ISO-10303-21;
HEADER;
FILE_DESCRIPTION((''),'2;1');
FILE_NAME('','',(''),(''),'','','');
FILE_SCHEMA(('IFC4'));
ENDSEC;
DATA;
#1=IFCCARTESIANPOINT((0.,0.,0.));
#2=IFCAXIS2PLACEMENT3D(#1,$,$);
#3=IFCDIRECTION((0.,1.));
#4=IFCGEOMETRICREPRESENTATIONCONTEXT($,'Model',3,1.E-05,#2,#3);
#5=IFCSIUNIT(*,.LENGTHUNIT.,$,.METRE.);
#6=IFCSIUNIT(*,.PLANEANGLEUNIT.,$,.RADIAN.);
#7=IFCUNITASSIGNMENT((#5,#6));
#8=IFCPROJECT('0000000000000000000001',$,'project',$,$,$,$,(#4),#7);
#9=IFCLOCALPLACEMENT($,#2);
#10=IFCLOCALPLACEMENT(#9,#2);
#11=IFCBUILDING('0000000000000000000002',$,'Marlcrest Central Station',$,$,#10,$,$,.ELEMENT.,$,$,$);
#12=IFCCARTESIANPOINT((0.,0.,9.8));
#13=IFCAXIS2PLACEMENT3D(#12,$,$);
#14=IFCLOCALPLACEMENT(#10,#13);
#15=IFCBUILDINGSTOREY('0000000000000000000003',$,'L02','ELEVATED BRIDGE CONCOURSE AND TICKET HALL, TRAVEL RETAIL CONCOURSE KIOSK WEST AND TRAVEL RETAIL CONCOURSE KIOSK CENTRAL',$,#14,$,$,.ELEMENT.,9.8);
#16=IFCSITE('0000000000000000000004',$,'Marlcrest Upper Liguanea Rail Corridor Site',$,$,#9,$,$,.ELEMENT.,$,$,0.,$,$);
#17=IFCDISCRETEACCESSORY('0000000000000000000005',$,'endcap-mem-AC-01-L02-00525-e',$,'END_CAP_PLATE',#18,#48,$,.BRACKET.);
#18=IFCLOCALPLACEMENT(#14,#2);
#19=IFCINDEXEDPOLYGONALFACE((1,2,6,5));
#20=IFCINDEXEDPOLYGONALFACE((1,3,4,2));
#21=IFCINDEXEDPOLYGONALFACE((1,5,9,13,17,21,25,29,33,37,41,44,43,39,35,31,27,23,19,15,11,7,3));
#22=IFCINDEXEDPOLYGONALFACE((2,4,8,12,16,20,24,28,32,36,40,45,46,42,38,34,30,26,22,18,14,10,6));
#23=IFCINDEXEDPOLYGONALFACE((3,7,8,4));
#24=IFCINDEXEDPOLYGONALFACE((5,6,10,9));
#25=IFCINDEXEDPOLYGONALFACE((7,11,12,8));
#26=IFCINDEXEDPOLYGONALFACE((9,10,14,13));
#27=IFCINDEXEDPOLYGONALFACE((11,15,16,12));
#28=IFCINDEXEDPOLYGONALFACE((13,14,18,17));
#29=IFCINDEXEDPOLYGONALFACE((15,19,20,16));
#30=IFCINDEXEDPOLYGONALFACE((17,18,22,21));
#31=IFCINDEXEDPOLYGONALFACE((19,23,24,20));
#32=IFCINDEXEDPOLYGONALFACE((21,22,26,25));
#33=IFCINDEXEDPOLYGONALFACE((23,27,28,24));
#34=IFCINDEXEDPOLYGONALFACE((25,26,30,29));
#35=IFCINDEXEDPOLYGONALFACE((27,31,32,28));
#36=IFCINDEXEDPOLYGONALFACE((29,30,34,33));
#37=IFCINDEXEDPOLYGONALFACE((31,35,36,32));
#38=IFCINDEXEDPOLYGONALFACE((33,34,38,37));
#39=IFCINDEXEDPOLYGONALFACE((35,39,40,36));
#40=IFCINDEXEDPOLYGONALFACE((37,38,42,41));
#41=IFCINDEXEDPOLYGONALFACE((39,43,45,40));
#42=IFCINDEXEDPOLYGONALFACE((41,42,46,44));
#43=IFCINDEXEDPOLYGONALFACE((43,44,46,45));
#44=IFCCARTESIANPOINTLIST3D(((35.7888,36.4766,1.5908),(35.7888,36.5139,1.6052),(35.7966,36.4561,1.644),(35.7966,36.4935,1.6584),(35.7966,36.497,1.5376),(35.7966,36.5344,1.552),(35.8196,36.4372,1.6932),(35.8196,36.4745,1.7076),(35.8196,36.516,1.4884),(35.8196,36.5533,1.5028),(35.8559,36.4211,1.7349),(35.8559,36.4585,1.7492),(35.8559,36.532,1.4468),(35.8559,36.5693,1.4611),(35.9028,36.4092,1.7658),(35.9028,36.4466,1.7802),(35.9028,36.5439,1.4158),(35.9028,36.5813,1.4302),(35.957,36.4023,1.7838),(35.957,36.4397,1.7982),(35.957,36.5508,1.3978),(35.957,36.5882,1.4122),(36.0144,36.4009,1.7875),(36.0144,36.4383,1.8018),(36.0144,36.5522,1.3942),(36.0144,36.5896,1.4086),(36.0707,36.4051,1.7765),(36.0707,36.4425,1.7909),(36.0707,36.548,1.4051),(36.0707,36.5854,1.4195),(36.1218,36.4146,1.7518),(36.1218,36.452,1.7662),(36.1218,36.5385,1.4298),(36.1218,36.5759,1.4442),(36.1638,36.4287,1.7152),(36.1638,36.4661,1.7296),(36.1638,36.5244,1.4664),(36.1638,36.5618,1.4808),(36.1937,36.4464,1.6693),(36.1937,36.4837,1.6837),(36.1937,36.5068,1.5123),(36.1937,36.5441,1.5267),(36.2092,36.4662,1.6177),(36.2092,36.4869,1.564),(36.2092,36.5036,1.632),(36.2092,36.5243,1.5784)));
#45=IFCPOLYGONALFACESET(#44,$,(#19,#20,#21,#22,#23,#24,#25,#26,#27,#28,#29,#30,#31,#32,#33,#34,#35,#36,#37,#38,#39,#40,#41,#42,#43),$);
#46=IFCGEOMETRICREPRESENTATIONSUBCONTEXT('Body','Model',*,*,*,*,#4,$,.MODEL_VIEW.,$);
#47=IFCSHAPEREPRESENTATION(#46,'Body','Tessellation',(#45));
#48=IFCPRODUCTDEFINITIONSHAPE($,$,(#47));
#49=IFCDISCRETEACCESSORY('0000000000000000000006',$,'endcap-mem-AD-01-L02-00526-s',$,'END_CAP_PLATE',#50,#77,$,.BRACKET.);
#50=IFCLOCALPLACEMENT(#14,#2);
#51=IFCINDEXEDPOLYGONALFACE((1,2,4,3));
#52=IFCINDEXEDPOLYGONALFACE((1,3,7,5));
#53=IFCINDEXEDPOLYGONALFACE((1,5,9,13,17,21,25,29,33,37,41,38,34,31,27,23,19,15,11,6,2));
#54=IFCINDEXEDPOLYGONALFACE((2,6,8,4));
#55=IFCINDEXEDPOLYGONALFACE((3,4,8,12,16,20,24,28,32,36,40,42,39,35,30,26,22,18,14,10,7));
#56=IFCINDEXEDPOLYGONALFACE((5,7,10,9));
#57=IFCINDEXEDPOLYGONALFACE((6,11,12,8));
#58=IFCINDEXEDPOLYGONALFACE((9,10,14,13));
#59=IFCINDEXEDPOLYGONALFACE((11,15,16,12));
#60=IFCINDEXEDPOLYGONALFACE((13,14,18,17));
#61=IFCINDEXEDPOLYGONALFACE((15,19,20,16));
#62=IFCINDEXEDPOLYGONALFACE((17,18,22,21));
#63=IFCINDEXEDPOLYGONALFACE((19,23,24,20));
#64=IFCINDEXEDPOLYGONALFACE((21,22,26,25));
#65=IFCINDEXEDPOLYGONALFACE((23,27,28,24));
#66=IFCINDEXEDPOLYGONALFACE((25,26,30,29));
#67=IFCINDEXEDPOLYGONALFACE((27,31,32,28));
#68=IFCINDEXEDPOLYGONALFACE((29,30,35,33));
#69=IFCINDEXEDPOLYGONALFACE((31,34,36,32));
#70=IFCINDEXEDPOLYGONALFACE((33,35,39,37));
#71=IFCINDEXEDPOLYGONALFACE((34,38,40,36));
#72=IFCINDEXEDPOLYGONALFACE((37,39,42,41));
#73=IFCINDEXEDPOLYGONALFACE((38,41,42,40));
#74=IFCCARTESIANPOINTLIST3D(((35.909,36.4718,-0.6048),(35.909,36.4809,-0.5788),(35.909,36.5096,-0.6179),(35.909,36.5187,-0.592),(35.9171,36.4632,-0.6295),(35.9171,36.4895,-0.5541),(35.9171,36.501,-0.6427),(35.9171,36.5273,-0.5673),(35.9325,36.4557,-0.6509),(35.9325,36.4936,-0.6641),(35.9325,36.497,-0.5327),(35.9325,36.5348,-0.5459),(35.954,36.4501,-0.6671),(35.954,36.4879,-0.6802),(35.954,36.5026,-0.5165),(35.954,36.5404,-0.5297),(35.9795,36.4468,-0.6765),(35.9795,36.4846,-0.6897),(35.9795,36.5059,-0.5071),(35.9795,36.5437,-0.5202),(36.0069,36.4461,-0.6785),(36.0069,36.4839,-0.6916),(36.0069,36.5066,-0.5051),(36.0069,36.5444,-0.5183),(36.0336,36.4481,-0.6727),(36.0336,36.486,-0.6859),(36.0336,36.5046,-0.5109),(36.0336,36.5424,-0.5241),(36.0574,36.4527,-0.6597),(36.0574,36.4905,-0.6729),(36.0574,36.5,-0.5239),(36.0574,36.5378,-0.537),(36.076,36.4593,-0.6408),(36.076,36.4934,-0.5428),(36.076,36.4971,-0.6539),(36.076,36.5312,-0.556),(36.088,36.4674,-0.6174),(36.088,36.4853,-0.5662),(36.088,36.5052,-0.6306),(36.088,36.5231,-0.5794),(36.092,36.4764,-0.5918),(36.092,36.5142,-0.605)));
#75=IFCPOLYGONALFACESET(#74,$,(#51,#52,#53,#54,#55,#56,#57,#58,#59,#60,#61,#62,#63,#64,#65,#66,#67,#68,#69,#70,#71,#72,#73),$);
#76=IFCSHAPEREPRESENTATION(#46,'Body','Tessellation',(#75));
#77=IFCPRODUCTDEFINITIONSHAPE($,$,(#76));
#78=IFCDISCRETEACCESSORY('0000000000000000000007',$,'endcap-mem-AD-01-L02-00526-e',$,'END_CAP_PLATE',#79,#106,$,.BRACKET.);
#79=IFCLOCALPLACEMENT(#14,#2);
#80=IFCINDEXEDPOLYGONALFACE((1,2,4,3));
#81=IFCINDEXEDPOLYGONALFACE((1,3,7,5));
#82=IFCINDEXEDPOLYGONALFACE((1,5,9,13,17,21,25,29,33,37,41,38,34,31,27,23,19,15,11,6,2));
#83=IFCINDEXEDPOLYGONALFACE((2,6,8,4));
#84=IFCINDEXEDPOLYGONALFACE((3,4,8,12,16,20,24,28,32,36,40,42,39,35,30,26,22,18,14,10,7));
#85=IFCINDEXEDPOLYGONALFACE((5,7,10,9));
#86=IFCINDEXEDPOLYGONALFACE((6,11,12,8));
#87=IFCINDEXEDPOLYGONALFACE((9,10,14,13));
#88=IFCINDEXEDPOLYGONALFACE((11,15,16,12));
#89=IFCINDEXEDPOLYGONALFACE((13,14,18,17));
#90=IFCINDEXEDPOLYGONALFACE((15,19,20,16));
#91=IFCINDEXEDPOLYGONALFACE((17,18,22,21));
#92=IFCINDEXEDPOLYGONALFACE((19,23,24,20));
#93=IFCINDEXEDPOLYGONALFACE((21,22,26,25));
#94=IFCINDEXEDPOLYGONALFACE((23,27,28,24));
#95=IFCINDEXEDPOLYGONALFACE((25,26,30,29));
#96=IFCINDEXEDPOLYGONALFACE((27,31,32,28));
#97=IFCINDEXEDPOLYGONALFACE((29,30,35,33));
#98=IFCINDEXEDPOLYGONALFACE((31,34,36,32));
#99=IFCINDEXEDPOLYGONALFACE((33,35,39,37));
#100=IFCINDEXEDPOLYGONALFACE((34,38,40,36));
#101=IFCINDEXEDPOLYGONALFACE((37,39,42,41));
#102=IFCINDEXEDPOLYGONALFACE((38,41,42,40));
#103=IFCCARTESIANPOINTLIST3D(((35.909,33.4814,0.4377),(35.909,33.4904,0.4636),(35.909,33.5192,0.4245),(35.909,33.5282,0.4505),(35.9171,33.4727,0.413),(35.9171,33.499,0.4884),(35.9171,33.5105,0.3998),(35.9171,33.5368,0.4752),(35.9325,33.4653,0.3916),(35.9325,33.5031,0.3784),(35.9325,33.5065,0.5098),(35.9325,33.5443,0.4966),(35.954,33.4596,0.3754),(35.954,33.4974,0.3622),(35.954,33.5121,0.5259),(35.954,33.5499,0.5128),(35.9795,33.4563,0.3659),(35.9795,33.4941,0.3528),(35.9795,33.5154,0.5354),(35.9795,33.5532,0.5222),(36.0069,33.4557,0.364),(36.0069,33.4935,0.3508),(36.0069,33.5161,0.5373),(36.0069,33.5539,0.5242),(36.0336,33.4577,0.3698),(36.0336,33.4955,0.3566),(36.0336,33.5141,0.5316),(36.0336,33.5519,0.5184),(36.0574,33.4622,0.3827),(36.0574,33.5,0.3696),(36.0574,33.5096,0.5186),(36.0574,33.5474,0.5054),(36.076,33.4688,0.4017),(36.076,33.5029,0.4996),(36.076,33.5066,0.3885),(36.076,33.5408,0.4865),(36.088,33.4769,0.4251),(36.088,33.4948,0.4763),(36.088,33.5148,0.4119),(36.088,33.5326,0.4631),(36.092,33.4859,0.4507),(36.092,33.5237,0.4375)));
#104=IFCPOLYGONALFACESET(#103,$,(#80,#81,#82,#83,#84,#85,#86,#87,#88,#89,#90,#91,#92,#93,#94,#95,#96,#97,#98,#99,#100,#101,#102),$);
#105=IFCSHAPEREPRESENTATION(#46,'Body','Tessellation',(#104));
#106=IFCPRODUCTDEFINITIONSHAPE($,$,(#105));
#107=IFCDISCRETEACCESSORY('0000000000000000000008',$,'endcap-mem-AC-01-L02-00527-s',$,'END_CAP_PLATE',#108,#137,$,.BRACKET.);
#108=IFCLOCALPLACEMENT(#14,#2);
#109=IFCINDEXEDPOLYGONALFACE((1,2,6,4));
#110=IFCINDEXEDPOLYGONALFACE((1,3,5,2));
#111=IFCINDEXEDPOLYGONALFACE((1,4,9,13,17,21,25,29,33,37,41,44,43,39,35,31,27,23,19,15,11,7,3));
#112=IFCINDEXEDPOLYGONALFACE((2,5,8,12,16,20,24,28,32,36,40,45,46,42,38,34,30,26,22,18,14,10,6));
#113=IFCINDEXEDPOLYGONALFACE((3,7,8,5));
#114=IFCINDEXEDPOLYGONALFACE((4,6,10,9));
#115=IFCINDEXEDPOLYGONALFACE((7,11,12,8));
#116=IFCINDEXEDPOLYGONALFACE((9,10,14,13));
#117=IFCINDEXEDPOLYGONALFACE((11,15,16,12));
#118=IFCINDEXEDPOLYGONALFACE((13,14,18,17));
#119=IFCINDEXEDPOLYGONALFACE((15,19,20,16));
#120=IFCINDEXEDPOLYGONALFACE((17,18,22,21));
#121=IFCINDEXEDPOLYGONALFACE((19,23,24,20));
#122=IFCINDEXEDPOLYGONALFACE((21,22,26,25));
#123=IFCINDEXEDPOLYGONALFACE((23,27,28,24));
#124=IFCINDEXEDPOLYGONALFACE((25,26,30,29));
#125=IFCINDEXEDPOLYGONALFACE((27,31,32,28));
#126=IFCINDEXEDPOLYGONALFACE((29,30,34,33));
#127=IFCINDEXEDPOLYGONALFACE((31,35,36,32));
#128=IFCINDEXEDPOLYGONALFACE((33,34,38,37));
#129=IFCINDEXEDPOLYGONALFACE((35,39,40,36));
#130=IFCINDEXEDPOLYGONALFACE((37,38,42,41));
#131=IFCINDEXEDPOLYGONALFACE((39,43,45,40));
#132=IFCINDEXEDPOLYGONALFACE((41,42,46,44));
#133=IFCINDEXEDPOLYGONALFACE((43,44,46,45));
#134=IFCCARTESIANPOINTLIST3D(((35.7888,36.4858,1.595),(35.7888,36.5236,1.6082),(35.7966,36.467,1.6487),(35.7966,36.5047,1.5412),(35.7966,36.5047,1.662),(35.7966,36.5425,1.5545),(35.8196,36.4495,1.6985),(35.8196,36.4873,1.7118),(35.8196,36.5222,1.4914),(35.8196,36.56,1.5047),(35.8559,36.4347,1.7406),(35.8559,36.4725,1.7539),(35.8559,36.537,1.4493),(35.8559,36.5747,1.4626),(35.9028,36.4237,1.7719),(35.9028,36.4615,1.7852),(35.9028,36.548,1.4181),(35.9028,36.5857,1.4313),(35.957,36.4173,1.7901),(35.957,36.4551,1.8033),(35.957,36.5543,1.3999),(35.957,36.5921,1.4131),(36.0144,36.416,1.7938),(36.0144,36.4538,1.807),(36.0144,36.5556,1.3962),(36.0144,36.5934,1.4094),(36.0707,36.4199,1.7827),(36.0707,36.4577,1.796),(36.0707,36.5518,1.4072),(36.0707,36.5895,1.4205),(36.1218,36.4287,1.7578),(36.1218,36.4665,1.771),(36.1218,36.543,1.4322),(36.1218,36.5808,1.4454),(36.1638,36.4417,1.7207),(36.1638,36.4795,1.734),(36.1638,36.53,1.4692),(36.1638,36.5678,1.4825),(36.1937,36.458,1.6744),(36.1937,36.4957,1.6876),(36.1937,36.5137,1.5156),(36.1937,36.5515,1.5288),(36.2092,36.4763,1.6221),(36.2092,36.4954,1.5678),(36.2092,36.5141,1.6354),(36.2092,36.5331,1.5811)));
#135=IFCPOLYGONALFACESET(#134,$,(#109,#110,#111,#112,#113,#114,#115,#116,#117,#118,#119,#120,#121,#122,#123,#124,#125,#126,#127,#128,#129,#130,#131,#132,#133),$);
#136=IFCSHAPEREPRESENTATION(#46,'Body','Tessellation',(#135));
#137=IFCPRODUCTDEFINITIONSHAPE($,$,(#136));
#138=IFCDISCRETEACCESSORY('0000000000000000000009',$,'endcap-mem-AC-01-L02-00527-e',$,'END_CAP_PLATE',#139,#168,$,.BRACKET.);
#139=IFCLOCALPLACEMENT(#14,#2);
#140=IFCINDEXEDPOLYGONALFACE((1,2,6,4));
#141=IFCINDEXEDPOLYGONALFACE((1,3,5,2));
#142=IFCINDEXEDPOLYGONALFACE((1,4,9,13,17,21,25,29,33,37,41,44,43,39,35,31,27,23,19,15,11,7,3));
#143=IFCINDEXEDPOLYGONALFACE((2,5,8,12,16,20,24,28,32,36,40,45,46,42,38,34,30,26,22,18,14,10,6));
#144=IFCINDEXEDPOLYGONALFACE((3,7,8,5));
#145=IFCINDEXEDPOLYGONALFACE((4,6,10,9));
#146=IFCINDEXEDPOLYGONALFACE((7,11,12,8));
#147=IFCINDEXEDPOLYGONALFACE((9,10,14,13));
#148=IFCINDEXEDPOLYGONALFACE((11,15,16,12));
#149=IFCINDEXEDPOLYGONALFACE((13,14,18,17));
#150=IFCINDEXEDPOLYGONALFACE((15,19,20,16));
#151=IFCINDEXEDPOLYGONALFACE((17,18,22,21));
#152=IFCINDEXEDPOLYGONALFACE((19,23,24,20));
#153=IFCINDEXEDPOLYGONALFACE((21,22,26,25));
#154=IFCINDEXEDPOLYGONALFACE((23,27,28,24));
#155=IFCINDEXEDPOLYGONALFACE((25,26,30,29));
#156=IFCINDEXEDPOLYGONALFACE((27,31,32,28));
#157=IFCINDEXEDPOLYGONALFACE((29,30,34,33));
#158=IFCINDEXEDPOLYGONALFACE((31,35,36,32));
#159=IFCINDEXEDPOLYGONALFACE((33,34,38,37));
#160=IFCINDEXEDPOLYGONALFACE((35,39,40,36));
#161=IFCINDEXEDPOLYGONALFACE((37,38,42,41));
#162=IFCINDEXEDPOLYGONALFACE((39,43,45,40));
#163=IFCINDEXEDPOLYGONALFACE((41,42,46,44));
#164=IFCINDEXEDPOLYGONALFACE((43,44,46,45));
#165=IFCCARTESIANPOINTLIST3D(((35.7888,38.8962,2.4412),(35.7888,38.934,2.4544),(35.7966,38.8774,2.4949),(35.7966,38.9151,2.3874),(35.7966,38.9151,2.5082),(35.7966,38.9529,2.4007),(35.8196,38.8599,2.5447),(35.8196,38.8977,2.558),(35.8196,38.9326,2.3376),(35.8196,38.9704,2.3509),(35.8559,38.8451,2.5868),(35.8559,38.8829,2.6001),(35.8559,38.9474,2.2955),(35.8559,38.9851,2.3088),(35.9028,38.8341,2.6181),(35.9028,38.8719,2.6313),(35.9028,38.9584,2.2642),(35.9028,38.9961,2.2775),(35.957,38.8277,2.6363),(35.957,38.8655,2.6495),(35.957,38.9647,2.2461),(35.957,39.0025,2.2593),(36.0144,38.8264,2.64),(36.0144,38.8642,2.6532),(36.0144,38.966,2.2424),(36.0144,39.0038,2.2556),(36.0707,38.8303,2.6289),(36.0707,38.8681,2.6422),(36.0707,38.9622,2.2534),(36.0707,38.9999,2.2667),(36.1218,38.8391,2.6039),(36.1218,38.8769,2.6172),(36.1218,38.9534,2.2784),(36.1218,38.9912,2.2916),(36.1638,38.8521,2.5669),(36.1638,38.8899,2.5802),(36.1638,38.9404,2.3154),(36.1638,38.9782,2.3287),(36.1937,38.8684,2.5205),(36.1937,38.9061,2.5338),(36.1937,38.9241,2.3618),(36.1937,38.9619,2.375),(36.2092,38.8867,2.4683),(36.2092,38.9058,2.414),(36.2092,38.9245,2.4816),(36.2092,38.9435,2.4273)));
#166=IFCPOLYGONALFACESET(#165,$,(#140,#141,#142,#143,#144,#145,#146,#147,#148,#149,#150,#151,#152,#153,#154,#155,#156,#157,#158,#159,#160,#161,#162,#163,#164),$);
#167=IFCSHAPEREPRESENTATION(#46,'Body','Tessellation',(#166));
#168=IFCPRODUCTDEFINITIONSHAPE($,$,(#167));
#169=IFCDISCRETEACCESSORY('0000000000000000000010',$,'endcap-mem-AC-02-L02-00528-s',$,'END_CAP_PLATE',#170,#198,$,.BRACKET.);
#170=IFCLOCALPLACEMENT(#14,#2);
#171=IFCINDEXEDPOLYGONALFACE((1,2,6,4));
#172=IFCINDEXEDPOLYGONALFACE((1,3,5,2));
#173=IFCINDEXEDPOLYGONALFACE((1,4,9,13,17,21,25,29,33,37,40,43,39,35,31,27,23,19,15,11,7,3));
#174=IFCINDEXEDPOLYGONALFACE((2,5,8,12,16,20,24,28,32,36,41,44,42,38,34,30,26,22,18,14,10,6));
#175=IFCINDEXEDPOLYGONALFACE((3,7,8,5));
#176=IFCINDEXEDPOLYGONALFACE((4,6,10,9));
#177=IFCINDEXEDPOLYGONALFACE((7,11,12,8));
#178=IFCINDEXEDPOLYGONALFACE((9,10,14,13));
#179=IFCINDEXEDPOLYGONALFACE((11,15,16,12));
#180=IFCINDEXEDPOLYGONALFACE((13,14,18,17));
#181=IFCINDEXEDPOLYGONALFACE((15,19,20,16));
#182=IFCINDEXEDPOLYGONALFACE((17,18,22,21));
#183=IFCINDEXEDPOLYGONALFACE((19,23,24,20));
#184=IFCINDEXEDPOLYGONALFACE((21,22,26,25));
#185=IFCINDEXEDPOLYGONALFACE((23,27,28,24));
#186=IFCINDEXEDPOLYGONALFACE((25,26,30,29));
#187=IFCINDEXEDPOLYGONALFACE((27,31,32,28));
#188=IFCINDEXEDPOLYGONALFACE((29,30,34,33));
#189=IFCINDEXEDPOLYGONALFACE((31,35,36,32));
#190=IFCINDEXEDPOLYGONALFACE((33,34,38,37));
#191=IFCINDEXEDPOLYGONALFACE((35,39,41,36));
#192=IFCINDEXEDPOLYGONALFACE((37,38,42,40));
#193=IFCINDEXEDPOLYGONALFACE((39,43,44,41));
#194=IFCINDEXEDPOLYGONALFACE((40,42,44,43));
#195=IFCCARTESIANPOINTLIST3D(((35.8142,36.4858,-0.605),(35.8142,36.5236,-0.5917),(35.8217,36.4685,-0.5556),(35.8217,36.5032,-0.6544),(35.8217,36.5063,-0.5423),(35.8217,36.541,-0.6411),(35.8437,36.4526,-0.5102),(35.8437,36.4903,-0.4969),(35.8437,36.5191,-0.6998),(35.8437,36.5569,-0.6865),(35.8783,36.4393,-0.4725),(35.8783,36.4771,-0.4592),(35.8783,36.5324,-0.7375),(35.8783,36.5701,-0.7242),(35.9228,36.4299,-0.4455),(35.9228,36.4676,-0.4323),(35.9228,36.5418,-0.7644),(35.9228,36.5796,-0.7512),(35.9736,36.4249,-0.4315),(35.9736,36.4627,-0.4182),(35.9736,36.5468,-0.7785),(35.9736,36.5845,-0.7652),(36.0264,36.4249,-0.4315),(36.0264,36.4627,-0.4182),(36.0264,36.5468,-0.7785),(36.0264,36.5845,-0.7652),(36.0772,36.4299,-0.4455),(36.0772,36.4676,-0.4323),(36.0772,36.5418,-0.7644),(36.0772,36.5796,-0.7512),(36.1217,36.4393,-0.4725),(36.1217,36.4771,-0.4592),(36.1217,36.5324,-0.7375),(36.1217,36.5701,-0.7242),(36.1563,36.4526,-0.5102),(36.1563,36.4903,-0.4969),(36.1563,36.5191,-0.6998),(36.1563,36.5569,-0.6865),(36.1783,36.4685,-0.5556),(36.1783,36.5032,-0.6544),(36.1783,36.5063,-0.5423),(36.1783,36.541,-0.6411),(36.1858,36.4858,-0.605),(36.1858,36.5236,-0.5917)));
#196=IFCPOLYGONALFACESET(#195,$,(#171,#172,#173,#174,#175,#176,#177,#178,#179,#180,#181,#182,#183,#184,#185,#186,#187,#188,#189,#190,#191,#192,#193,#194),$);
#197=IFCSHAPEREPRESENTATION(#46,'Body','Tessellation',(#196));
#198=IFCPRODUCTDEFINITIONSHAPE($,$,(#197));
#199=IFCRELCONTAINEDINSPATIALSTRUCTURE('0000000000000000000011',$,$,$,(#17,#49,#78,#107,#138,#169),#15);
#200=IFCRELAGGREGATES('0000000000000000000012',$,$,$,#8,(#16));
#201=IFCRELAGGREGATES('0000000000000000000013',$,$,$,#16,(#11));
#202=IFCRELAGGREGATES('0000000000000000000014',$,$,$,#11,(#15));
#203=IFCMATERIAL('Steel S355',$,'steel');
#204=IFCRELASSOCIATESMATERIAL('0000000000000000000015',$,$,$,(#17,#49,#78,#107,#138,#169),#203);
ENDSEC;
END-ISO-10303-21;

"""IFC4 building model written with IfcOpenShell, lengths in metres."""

from ifc_helpers import new_model, si_unit, direction, frame, origin, origin_2d, place, context, subcontext, project, spatial, circle, extrude, material, element, save


model = new_model("IFC4")

# Units and contexts
model_context = context("Model", 3, precision=1e-05, world=origin(), true_north=direction((0.0, 1.0)))
body_context = subcontext(model_context, "Body", "Model", "MODEL_VIEW")
ifc_project = project(units=[si_unit("LENGTHUNIT", "METRE"), si_unit("PLANEANGLEUNIT", "RADIAN")], contexts=[model_context])

# Site, building, storey
site_placement = place(None, origin())
site = spatial("IfcSite", under=ifc_project, at=site_placement, Name="Marlcrest Upper Liguanea Rail Corridor Site", CompositionType="ELEMENT", RefElevation=0.0)
building_placement = place(site_placement, origin())
building = spatial("IfcBuilding", under=site, at=building_placement, Name="Marlcrest Central Station", CompositionType="ELEMENT")
storey_placement = place(building_placement, frame((0.0, 0.0, 9.8)))
storey = spatial("IfcBuildingStorey", under=building, at=storey_placement, Name="L02", Description="ELEVATED BRIDGE CONCOURSE AND TICKET HALL, TRAVEL RETAIL CONCOURSE KIOSK WEST AND TRAVEL RETAIL CONCOURSE KIOSK CENTRAL", CompositionType="ELEMENT", Elevation=9.8)

# Shared definitions
ifc_material_1 = material(Name="Steel S355", Category="steel")

# Discrete accessories
for number, where, z_axis, x_axis, name in (
    (1, (36.0, 36.4766, 1.5908), (0.0, 0.933324, 0.359035), (-1.0, 0.0, 0.0), "endcap-mem-AC-01-L02-00525-e"),
):
    element("IfcDiscreteAccessory", number, at=place(storey_placement, frame(where, z_axis=z_axis, x_axis=x_axis)), inside=storey, material=ifc_material_1, Name=name, ObjectType="END_CAP_PLATE", PredefinedType="BRACKET", context=body_context, shape_type="SweptSolid", body=[
        extrude(circle(Radius=0.2112, at=origin_2d()), origin(), (0.0, 0.0, 1.0), 0.04),
    ])
for number, where, z_axis, x_axis, name in (
    (2, (36.0, 36.5142, -0.605), (0.0, -0.94426, 0.3292), (1.0, 0.0, 0.0), "endcap-mem-AD-01-L02-00526-s"),
    (3, (36.0, 33.5237, 0.4375), (0.0, -0.94426, 0.3292), (1.0, 0.0, 0.0), "endcap-mem-AD-01-L02-00526-e"),
):
    element("IfcDiscreteAccessory", number, at=place(storey_placement, frame(where, z_axis=z_axis, x_axis=x_axis)), inside=storey, material=ifc_material_1, Name=name, ObjectType="END_CAP_PLATE", PredefinedType="BRACKET", context=body_context, shape_type="SweptSolid", body=[
        extrude(circle(Radius=0.092, at=origin_2d()), origin(), (0.0, 0.0, 1.0), 0.04),
    ])
for number, where, z_axis, x_axis, name in (
    (4, (36.0, 36.4858, 1.595), (0.0, 0.943537, 0.331266), (-1.0, 0.0, 0.0), "endcap-mem-AC-01-L02-00527-s"),
    (5, (36.0, 38.8962, 2.4412), (0.0, 0.943537, 0.331266), (-1.0, 0.0, 0.0), "endcap-mem-AC-01-L02-00527-e"),
):
    element("IfcDiscreteAccessory", number, at=place(storey_placement, frame(where, z_axis=z_axis, x_axis=x_axis)), inside=storey, material=ifc_material_1, Name=name, ObjectType="END_CAP_PLATE", PredefinedType="BRACKET", context=body_context, shape_type="SweptSolid", body=[
        extrude(circle(Radius=0.2112, at=origin_2d()), origin(), (0.0, 0.0, 1.0), 0.04),
    ])
for number, where, z_axis, x_axis, name in (
    (6, (36.0, 36.4858, -0.605), (0.0, 0.943537, 0.331266), (-1.0, 0.0, 0.0), "endcap-mem-AC-02-L02-00528-s"),
):
    element("IfcDiscreteAccessory", number, at=place(storey_placement, frame(where, z_axis=z_axis, x_axis=x_axis)), inside=storey, material=ifc_material_1, Name=name, ObjectType="END_CAP_PLATE", PredefinedType="BRACKET", context=body_context, shape_type="SweptSolid", body=[
        extrude(circle(Radius=0.1858, at=origin_2d()), origin(), (0.0, 0.0, 1.0), 0.04),
    ])

save(model, "model.ifc")
